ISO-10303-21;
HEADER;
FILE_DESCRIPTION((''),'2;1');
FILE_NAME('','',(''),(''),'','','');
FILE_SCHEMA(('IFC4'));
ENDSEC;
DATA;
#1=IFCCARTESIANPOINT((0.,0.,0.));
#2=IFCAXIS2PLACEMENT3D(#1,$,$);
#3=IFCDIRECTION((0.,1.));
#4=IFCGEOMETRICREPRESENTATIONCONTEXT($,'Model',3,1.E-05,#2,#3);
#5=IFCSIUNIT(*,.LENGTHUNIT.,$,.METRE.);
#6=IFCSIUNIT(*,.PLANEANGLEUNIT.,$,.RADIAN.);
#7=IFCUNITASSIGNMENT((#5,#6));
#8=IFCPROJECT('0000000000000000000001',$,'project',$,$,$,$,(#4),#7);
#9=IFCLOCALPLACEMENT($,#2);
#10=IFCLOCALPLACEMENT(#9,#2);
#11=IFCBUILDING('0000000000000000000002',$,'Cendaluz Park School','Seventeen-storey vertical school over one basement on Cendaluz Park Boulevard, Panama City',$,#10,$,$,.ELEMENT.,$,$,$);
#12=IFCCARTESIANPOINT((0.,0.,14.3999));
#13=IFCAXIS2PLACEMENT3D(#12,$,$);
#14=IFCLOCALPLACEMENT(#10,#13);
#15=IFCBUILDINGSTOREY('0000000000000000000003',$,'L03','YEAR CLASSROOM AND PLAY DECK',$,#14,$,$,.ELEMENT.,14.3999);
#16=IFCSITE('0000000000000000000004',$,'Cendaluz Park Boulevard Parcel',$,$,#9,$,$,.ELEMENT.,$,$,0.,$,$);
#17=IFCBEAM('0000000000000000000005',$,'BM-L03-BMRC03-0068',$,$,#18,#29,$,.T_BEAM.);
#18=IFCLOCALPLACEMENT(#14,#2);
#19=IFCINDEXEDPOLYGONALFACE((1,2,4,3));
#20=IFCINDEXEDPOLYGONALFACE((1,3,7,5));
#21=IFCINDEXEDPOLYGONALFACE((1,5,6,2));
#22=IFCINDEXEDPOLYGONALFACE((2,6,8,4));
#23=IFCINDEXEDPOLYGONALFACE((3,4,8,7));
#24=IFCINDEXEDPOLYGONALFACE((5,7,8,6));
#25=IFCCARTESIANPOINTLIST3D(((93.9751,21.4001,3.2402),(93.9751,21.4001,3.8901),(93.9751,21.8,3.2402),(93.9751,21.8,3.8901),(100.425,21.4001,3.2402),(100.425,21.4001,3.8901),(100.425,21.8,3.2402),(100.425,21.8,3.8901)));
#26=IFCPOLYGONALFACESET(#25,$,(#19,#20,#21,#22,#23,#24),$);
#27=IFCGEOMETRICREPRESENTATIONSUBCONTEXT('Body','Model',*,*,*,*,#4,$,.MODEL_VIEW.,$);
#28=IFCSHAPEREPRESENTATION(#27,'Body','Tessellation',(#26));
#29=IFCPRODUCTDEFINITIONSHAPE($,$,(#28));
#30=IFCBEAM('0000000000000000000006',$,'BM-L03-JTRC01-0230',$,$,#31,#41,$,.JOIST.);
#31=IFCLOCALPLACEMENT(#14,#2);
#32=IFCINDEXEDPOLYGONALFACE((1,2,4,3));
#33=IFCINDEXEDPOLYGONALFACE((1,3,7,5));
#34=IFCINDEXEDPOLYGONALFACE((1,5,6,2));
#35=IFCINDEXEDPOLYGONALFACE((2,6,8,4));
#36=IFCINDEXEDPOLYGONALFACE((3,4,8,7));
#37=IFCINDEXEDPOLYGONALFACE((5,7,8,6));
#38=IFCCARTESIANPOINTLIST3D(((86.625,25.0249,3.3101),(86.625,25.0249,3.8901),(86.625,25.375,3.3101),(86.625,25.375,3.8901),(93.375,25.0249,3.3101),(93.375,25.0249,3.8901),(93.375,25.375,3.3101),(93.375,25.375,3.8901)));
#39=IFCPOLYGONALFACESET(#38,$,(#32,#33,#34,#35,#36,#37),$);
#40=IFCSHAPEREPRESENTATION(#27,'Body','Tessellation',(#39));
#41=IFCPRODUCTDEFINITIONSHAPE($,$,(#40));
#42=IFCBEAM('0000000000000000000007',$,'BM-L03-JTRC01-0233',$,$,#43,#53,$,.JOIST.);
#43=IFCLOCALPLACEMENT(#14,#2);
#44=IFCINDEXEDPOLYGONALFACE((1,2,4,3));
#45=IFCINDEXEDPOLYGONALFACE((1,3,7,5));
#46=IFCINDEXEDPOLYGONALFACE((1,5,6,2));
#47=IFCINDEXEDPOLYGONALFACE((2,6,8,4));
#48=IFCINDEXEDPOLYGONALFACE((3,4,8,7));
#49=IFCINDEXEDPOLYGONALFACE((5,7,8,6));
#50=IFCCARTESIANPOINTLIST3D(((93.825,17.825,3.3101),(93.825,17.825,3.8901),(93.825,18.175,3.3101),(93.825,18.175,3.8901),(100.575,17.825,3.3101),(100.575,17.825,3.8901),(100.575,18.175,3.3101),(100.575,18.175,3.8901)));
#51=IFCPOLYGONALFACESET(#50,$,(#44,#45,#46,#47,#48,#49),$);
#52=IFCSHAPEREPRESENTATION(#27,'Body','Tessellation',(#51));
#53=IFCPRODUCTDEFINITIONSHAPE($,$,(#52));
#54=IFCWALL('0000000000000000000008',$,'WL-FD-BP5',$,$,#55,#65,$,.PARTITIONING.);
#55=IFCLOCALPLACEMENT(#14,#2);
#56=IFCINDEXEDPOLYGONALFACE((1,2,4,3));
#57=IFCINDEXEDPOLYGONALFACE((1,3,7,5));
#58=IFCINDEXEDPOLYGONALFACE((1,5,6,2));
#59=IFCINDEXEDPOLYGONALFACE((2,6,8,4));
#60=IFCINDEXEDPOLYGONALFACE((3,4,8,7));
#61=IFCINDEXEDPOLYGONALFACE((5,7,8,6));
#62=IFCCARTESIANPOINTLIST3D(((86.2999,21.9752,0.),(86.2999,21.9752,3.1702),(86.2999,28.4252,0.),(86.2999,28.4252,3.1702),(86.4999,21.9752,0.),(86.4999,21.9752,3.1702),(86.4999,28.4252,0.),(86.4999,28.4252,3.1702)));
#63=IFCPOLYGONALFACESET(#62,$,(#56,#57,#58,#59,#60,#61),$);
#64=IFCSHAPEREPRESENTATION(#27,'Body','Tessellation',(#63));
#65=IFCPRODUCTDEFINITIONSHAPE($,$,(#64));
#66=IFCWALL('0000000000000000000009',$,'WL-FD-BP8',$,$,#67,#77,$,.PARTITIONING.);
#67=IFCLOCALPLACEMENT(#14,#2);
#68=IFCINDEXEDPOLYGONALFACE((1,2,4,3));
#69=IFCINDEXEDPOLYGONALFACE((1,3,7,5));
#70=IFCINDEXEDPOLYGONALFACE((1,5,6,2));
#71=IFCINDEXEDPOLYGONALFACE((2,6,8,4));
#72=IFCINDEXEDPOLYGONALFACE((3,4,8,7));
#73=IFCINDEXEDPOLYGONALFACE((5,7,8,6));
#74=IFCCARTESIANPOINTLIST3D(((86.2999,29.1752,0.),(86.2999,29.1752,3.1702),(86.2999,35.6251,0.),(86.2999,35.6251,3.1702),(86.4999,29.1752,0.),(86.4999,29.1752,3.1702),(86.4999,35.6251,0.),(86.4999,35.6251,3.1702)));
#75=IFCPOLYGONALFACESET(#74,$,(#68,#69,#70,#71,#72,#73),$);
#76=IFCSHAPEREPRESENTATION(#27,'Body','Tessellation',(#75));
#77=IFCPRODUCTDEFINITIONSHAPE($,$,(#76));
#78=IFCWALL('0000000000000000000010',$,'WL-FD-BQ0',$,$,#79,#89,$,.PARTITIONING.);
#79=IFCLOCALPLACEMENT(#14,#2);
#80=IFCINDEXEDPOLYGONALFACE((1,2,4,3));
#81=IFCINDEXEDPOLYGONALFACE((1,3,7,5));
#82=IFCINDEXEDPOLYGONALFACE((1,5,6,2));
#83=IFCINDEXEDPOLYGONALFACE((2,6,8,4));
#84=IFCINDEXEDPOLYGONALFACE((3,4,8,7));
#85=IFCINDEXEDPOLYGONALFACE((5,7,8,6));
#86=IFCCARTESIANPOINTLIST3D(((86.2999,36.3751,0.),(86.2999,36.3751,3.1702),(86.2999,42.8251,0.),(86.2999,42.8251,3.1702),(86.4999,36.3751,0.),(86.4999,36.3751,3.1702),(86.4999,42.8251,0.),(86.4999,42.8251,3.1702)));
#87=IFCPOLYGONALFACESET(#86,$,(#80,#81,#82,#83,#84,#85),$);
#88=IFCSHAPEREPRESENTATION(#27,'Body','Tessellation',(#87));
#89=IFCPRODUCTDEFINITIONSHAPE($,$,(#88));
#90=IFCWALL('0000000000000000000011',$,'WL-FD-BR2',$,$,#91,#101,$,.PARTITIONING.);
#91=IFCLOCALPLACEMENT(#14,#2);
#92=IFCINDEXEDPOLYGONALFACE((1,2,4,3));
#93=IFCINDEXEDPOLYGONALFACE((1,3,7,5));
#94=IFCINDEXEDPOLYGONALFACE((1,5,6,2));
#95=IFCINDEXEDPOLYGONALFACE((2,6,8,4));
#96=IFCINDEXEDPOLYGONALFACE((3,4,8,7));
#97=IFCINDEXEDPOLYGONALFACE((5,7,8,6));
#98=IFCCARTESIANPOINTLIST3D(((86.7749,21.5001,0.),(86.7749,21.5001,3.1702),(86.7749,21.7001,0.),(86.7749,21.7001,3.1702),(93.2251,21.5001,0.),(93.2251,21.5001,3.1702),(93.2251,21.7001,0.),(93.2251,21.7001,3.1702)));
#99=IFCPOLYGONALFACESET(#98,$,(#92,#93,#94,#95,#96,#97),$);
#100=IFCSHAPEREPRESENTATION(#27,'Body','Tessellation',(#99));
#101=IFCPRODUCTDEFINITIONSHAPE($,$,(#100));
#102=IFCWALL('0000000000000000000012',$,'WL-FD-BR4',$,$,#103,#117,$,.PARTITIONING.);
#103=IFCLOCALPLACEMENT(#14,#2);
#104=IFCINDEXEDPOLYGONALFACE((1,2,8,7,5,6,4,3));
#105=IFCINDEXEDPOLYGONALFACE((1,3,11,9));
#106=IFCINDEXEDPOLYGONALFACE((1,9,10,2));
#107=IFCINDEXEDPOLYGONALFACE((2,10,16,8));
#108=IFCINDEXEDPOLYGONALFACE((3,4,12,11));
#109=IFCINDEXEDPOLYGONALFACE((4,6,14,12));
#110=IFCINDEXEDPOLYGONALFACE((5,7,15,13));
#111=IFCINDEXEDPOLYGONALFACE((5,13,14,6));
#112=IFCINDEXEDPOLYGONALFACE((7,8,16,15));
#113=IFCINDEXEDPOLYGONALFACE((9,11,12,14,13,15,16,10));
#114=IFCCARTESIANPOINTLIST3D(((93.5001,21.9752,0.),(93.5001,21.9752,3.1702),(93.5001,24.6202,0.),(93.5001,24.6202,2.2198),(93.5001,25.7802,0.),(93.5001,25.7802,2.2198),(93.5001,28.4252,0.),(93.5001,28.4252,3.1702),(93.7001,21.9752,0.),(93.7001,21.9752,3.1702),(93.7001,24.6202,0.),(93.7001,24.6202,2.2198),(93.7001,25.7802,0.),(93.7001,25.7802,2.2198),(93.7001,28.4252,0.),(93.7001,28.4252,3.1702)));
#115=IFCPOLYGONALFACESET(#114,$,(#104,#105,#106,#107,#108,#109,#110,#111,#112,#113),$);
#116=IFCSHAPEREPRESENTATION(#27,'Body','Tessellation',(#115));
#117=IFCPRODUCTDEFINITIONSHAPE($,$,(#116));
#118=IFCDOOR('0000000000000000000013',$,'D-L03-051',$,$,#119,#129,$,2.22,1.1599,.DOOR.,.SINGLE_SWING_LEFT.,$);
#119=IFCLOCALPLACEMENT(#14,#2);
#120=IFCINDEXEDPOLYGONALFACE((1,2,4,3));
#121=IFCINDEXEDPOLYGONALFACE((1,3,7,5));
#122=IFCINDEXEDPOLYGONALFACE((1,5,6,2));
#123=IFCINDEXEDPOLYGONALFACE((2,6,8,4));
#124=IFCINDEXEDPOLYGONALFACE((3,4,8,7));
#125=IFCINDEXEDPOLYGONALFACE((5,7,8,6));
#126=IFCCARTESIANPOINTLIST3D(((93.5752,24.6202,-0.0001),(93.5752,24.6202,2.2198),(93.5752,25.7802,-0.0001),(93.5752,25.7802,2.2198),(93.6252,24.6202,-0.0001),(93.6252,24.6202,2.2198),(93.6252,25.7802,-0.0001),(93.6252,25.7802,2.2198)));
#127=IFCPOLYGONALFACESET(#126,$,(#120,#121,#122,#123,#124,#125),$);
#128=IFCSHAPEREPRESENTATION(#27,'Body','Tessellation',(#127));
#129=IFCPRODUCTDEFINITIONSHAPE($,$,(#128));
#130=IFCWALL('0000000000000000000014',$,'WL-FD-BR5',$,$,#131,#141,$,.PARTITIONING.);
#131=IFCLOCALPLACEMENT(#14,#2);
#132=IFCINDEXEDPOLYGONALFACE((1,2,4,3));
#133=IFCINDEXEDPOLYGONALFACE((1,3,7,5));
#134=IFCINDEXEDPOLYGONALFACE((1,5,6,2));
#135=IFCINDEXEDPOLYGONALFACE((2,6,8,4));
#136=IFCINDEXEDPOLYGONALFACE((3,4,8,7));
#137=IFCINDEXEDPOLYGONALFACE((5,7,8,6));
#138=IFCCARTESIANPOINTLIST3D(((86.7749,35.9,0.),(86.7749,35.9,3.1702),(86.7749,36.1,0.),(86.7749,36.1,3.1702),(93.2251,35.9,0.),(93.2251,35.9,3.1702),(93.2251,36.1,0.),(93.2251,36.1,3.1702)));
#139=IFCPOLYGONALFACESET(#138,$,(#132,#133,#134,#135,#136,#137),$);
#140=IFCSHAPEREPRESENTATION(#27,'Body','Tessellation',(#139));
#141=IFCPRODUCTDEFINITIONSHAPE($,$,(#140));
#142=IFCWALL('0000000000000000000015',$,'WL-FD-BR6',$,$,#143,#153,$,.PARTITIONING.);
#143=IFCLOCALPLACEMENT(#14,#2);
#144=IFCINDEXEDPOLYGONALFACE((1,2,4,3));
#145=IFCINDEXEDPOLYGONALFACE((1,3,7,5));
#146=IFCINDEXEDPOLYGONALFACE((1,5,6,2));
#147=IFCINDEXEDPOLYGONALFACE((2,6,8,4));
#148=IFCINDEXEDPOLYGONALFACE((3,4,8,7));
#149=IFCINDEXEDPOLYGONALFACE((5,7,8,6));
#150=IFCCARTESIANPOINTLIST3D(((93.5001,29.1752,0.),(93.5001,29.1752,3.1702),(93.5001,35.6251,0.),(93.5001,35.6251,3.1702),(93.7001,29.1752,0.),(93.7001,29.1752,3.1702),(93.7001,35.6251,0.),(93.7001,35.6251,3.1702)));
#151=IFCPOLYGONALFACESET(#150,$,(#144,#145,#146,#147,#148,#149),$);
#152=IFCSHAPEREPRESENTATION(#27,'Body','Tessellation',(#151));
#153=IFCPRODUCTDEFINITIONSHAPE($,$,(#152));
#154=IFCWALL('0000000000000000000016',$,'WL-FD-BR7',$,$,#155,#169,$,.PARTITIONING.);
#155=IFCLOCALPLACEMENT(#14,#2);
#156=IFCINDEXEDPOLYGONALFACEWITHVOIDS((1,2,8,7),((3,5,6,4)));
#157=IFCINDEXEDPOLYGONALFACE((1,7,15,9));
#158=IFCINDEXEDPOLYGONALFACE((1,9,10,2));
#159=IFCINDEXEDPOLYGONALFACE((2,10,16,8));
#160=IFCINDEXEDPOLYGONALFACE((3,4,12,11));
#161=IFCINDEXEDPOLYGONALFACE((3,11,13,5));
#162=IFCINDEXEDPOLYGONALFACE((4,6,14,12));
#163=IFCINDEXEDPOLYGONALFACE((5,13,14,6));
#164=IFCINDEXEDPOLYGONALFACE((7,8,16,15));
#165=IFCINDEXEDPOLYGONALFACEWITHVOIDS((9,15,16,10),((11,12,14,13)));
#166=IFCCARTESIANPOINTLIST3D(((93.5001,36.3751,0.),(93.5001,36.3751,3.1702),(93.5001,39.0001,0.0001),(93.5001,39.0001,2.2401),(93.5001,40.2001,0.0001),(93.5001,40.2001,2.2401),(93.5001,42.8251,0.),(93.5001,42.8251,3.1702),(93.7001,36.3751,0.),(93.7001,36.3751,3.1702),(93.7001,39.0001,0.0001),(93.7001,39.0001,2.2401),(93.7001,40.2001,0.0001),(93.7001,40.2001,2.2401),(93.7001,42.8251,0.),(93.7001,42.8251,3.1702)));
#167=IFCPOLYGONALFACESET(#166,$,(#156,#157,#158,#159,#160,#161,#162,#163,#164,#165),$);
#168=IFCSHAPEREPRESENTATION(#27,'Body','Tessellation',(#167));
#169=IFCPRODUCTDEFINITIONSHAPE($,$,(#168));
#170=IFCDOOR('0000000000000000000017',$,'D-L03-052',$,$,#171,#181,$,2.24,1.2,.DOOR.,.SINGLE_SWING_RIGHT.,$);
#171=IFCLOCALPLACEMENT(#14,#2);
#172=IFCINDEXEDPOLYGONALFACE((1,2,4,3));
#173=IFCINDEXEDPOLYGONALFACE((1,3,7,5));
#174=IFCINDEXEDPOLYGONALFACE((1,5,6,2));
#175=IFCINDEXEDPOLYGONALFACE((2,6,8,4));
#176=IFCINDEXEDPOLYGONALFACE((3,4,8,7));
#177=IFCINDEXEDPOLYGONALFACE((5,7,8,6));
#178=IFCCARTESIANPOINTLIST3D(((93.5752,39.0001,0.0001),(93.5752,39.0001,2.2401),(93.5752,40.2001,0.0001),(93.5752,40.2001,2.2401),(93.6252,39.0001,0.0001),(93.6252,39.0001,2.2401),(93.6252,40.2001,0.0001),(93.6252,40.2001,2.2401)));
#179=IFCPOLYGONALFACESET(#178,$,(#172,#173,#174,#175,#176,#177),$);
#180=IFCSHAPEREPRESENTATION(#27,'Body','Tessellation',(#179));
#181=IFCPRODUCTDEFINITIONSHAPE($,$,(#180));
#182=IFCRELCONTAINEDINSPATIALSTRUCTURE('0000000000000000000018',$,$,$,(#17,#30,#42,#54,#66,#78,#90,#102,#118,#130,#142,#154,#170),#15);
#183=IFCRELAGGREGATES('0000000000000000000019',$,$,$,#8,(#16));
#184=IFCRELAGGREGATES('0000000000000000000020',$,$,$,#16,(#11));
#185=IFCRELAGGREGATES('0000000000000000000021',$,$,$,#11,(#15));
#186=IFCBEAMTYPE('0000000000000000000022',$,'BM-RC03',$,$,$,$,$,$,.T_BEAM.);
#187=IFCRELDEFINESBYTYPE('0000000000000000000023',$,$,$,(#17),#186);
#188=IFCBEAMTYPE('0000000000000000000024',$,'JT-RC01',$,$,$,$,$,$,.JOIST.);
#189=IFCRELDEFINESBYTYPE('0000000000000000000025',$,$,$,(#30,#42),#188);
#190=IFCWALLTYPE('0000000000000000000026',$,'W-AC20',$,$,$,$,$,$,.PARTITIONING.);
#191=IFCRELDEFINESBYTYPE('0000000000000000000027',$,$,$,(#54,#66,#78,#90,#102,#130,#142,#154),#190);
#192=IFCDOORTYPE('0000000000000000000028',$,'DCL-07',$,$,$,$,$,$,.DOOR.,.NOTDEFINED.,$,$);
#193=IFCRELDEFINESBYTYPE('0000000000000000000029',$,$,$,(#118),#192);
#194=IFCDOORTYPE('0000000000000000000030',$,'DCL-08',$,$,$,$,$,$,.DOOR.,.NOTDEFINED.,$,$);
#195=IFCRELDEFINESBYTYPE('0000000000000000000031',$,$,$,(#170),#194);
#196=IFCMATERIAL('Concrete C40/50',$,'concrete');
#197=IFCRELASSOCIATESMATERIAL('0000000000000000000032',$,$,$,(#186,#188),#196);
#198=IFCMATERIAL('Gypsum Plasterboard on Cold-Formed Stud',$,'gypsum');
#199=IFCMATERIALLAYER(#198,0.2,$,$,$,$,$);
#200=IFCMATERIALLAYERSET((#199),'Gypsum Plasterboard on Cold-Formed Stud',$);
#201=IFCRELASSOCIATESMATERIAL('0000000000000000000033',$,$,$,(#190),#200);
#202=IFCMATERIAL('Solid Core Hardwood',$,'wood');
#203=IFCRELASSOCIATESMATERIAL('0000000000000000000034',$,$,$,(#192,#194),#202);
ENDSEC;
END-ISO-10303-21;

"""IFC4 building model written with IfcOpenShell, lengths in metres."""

from ifc_helpers import new_model, si_unit, direction, frame, frame_2d, origin, origin_2d, place, context, subcontext, project, spatial, rectangle, extrude, material, layer, layer_set, material_profile, profile_set, type_object, element, fill, save


model = new_model("IFC4")

# Units and contexts
model_context = context("Model", 3, precision=1e-05, world=origin(), true_north=direction((0.0, 1.0)))
body_context = subcontext(model_context, "Body", "Model", "MODEL_VIEW")
ifc_project = project(units=[si_unit("LENGTHUNIT", "METRE"), si_unit("PLANEANGLEUNIT", "RADIAN")], contexts=[model_context])

# Site, building, storey
site_placement = place(None, origin())
site = spatial("IfcSite", under=ifc_project, at=site_placement, Name="Cendaluz Park Boulevard Parcel", CompositionType="ELEMENT", RefElevation=0.0)
building_placement = place(site_placement, origin())
building = spatial("IfcBuilding", under=site, at=building_placement, Name="Cendaluz Park School", Description="Seventeen-storey vertical school over one basement on Cendaluz Park Boulevard, Panama City", CompositionType="ELEMENT")
storey_placement = place(building_placement, frame((0.0, 0.0, 14.3999)))
storey = spatial("IfcBuildingStorey", under=building, at=storey_placement, Name="L03", Description="YEAR CLASSROOM AND PLAY DECK", CompositionType="ELEMENT", Elevation=14.3999)

# Shared definitions
ifc_material_1 = material(Name="Concrete C40/50", Category="concrete")

# Beams
ifc_material_profile_1 = material_profile(ifc_material_1, rectangle(XDim=0.3999, YDim=0.6499, at=origin_2d()), Name="RC 400x650", Category="concrete")
ifc_profile_set_1 = profile_set([ifc_material_profile_1], Name="Concrete C40/50")
beam_type_1 = type_object("IfcBeamType", Name="BM-RC03", PredefinedType="T_BEAM", material=ifc_profile_set_1)
beam_1_placement = place(storey_placement, frame((93.9751, 21.6001, 3.5652), z_axis=(1.0, 0.0, 0.0), x_axis=(0.0, 1.0, 0.0)))
element("IfcBeam", 1, at=beam_1_placement, inside=storey, type_object=beam_type_1, Name="BM-L03-BMRC03-0068", PredefinedType="T_BEAM", context=body_context, shape_type="SweptSolid", body=[
    extrude(rectangle(XDim=0.3999, YDim=0.6499, at=origin_2d()), origin(), (0.0, 0.0, 1.0), 6.45),
])
ifc_material_profile_2 = material_profile(ifc_material_1, rectangle(XDim=0.3501, YDim=0.5801, at=origin_2d()), Name="RC 350x580", Category="concrete")
ifc_profile_set_2 = profile_set([ifc_material_profile_2], Name="Concrete C40/50")
beam_type_2 = type_object("IfcBeamType", Name="JT-RC01", PredefinedType="JOIST", material=ifc_profile_set_2)
for number, where, z_axis, x_axis, name in (
    (2, (86.625, 25.2, 3.6001), (1.0, 0.0, 0.0), (0.0, 1.0, 0.0), "BM-L03-JTRC01-0230"),
    (3, (93.825, 18.0, 3.6001), (1.0, 0.0, 0.0), (0.0, 1.0, 0.0), "BM-L03-JTRC01-0233"),
):
    element("IfcBeam", number, at=place(storey_placement, frame(where, z_axis=z_axis, x_axis=x_axis)), inside=storey, type_object=beam_type_2, Name=name, PredefinedType="JOIST", context=body_context, shape_type="SweptSolid", body=[
        extrude(rectangle(XDim=0.3501, YDim=0.5801, at=origin_2d()), origin(), (0.0, 0.0, 1.0), 6.75),
    ])

# Walls
ifc_material_2 = material(Name="Gypsum Plasterboard on Cold-Formed Stud", Category="gypsum")
ifc_layer_1 = layer(ifc_material_2, 0.2)
ifc_layer_set_1 = layer_set([ifc_layer_1], Name="Gypsum Plasterboard on Cold-Formed Stud")
wall_type_1 = type_object("IfcWallType", Name="W-AC20", PredefinedType="PARTITIONING", material=ifc_layer_set_1)
for number, where, z_axis, x_axis, name in (
    (4, (86.3999, 21.9751, 0.0), (0.0, 0.0, 1.0), (0.0, 1.0, 0.0), "WL-FD-BP5"),
    (5, (86.3999, 29.175, 0.0), (0.0, 0.0, 1.0), (0.0, 1.0, 0.0), "WL-FD-BP8"),
    (6, (86.3999, 36.375, 0.0), (0.0, 0.0, 1.0), (0.0, 1.0, 0.0), "WL-FD-BQ0"),
):
    element("IfcWall", number, at=place(storey_placement, frame(where, z_axis=z_axis, x_axis=x_axis)), inside=storey, type_object=wall_type_1, Name=name, PredefinedType="PARTITIONING", context=body_context, shape_type="SweptSolid", body=[
        extrude(rectangle(XDim=6.45, YDim=0.2, at=frame_2d((3.2251, 0.0))), origin(), (0.0, 0.0, 1.0), 3.1702),
    ])
wall_1_placement = place(storey_placement, frame((86.7749, 21.6001, 0.0), z_axis=(0.0, 0.0, 1.0), x_axis=(1.0, 0.0, 0.0)))
element("IfcWall", 7, at=wall_1_placement, inside=storey, type_object=wall_type_1, Name="WL-FD-BR2", PredefinedType="PARTITIONING", context=body_context, shape_type="SweptSolid", body=[
    extrude(rectangle(XDim=6.4502, YDim=0.2, at=frame_2d((3.2251, 0.0))), origin(), (0.0, 0.0, 1.0), 3.1702),
])

# Wall, opening, door
wall_2_placement = place(storey_placement, frame((93.6001, 21.9751, 0.0), z_axis=(0.0, 0.0, 1.0), x_axis=(0.0, 1.0, 0.0)))
wall_2 = element("IfcWall", 8, at=wall_2_placement, inside=storey, type_object=wall_type_1, Name="WL-FD-BR4", PredefinedType="PARTITIONING", context=body_context, shape_type="SweptSolid", body=[
    extrude(rectangle(XDim=6.45, YDim=0.2, at=frame_2d((3.2251, 0.0))), origin(), (0.0, 0.0, 1.0), 3.1702),
])
opening_1_placement = place(wall_2_placement, frame((2.645, 0.0, 0.0)))
opening_1 = element("IfcOpeningElement", 9, at=opening_1_placement, cuts=wall_2, PredefinedType="OPENING", context=body_context, shape_type="SweptSolid", body=[
    extrude(rectangle(XDim=1.1599, YDim=2.22, at=frame_2d((0.5801, 1.1099))), frame((0.0, 0.1121, 0.0), z_axis=(0.0, -1.0, 0.0), x_axis=(1.0, 0.0, 0.0)), (0.0, 0.0, 1.0), 0.2239),
])
ifc_material_3 = material(Name="Solid Core Hardwood", Category="wood")
door_type_1 = type_object("IfcDoorType", Name="DCL-07", OperationType="NOTDEFINED", PredefinedType="DOOR", material=ifc_material_3)
door_1_placement = place(opening_1_placement, origin())
door_1 = element("IfcDoor", 10, at=door_1_placement, inside=storey, type_object=door_type_1, Name="D-L03-051", OperationType="SINGLE_SWING_LEFT", OverallHeight=2.22, OverallWidth=1.1599, PredefinedType="DOOR", context=body_context, shape_type="SweptSolid", body=[
    extrude(rectangle(XDim=1.1599, YDim=2.22, at=frame_2d((0.5801, 1.1099))), frame((0.0, 0.0249, 0.0), z_axis=(0.0, -1.0, 0.0), x_axis=(1.0, 0.0, 0.0)), (0.0, 0.0, 1.0), 0.05),
])
fill(opening_1, door_1)

# Walls
wall_3_placement = place(storey_placement, frame((86.7749, 36.0, 0.0), z_axis=(0.0, 0.0, 1.0), x_axis=(1.0, 0.0, 0.0)))
element("IfcWall", 11, at=wall_3_placement, inside=storey, type_object=wall_type_1, Name="WL-FD-BR5", PredefinedType="PARTITIONING", context=body_context, shape_type="SweptSolid", body=[
    extrude(rectangle(XDim=6.4502, YDim=0.2, at=frame_2d((3.2251, 0.0))), origin(), (0.0, 0.0, 1.0), 3.1702),
])
wall_4_placement = place(storey_placement, frame((93.6001, 29.175, 0.0), z_axis=(0.0, 0.0, 1.0), x_axis=(0.0, 1.0, 0.0)))
element("IfcWall", 12, at=wall_4_placement, inside=storey, type_object=wall_type_1, Name="WL-FD-BR6", PredefinedType="PARTITIONING", context=body_context, shape_type="SweptSolid", body=[
    extrude(rectangle(XDim=6.45, YDim=0.2, at=frame_2d((3.2251, 0.0))), origin(), (0.0, 0.0, 1.0), 3.1702),
])

# Wall, opening, door
wall_5_placement = place(storey_placement, frame((93.6001, 36.375, 0.0), z_axis=(0.0, 0.0, 1.0), x_axis=(0.0, 1.0, 0.0)))
wall_5 = element("IfcWall", 13, at=wall_5_placement, inside=storey, type_object=wall_type_1, Name="WL-FD-BR7", PredefinedType="PARTITIONING", context=body_context, shape_type="SweptSolid", body=[
    extrude(rectangle(XDim=6.45, YDim=0.2, at=frame_2d((3.2251, 0.0))), origin(), (0.0, 0.0, 1.0), 3.1702),
])
opening_2_placement = place(wall_5_placement, frame((2.625, 0.0, 0.0)))
opening_2 = element("IfcOpeningElement", 14, at=opening_2_placement, cuts=wall_5, PredefinedType="OPENING", context=body_context, shape_type="SweptSolid", body=[
    extrude(rectangle(XDim=1.2, YDim=2.24, at=frame_2d((0.6001, 1.1201))), frame((0.0, 0.1121, 0.0), z_axis=(0.0, -1.0, 0.0), x_axis=(1.0, 0.0, 0.0)), (0.0, 0.0, 1.0), 0.2239),
])
door_type_2 = type_object("IfcDoorType", Name="DCL-08", OperationType="NOTDEFINED", PredefinedType="DOOR", material=ifc_material_3)
door_2_placement = place(opening_2_placement, origin())
door_2 = element("IfcDoor", 15, at=door_2_placement, inside=storey, type_object=door_type_2, Name="D-L03-052", OperationType="SINGLE_SWING_RIGHT", OverallHeight=2.24, OverallWidth=1.2, PredefinedType="DOOR", context=body_context, shape_type="SweptSolid", body=[
    extrude(rectangle(XDim=1.2, YDim=2.24, at=frame_2d((0.6001, 1.1201))), frame((0.0, 0.0249, 0.0), z_axis=(0.0, -1.0, 0.0), x_axis=(1.0, 0.0, 0.0)), (0.0, 0.0, 1.0), 0.05),
])
fill(opening_2, door_2)

save(model, "model.ifc")
